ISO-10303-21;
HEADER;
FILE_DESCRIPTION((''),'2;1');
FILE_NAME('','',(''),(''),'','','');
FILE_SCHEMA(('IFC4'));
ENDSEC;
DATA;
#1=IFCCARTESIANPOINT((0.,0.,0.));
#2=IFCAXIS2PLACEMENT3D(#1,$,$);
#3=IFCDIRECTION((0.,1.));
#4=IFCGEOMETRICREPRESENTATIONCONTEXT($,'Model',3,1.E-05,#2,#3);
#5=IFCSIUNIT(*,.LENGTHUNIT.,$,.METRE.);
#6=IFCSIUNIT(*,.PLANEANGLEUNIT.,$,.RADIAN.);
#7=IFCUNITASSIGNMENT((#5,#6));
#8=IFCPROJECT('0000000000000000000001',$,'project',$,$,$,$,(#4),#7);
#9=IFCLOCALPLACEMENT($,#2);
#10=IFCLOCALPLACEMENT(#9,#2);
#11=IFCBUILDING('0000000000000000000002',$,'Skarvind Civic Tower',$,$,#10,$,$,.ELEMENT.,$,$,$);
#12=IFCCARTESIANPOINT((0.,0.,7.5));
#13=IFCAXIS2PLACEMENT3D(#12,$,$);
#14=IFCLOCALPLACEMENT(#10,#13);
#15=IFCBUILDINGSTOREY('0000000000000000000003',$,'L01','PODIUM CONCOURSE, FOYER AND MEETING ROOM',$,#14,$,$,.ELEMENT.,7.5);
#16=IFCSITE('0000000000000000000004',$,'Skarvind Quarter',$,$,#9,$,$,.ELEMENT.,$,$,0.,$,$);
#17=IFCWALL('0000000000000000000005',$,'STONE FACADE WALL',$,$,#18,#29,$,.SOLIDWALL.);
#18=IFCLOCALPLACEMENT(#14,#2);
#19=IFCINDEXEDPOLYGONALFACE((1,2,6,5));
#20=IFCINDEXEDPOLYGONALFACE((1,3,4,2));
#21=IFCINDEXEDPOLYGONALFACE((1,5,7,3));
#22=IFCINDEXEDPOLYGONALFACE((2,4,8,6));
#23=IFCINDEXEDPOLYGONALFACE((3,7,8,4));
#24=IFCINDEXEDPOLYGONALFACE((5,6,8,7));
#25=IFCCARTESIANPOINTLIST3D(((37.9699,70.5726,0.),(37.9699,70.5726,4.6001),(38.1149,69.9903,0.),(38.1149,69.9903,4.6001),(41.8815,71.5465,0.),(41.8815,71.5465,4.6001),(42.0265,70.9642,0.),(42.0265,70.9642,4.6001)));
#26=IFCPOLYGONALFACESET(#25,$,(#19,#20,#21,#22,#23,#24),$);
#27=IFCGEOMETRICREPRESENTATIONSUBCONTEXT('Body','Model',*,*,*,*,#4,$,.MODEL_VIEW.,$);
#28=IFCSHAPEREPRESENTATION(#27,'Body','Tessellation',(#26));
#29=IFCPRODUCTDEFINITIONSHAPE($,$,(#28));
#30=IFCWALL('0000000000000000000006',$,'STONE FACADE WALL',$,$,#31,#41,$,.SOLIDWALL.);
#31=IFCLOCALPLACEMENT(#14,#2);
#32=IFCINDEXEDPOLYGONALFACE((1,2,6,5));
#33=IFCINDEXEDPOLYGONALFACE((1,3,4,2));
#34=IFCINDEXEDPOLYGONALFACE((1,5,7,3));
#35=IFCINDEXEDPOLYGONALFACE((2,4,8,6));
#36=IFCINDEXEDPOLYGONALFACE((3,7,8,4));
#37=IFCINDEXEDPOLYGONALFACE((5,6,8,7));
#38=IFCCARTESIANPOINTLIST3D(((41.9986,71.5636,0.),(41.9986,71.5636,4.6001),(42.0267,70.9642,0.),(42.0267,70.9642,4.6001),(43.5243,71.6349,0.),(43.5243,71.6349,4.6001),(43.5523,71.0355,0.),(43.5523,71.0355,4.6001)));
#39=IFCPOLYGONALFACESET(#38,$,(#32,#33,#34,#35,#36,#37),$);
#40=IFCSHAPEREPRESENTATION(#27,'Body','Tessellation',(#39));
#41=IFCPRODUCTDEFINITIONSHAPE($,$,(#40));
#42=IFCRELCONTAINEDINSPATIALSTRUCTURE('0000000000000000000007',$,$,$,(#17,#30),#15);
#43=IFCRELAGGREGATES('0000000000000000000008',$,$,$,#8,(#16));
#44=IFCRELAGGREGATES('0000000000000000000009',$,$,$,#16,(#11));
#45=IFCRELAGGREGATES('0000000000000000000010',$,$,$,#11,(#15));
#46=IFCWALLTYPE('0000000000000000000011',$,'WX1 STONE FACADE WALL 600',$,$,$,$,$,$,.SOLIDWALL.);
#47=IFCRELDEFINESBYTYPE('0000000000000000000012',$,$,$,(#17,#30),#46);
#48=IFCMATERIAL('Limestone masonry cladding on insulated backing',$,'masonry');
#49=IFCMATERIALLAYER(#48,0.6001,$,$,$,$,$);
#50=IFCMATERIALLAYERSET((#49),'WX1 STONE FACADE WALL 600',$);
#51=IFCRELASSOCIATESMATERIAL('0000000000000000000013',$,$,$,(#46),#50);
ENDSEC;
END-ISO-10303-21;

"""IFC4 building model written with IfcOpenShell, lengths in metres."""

from ifc_helpers import new_model, si_unit, direction, frame, frame_2d, origin, place, context, subcontext, project, spatial, rectangle, extrude, material, layer, layer_set, type_object, element, save


model = new_model("IFC4")

# Units and contexts
model_context = context("Model", 3, precision=1e-05, world=origin(), true_north=direction((0.0, 1.0)))
body_context = subcontext(model_context, "Body", "Model", "MODEL_VIEW")
ifc_project = project(units=[si_unit("LENGTHUNIT", "METRE"), si_unit("PLANEANGLEUNIT", "RADIAN")], contexts=[model_context])

# Site, building, storey
site_placement = place(None, origin())
site = spatial("IfcSite", under=ifc_project, at=site_placement, Name="Skarvind Quarter", CompositionType="ELEMENT", RefElevation=0.0)
building_placement = place(site_placement, origin())
building = spatial("IfcBuilding", under=site, at=building_placement, Name="Skarvind Civic Tower", CompositionType="ELEMENT")
storey_placement = place(building_placement, frame((0.0, 0.0, 7.5)))
storey = spatial("IfcBuildingStorey", under=building, at=storey_placement, Name="L01", Description="PODIUM CONCOURSE, FOYER AND MEETING ROOM", CompositionType="ELEMENT", Elevation=7.5)

# Shared definitions
ifc_material_1 = material(Name="Limestone masonry cladding on insulated backing", Category="masonry")
ifc_layer_1 = layer(ifc_material_1, 0.6001)
ifc_layer_set_1 = layer_set([ifc_layer_1], Name="WX1 STONE FACADE WALL 600")
wall_type_1 = type_object("IfcWallType", Name="WX1 STONE FACADE WALL 600", PredefinedType="SOLIDWALL", material=ifc_layer_set_1)

# Walls
wall_1_placement = place(storey_placement, frame((41.9541, 71.2554, 0.0), z_axis=(0.0, 0.0, 1.0), x_axis=(-0.970377, -0.241595, 0.0)))
element("IfcWall", 1, at=wall_1_placement, inside=storey, type_object=wall_type_1, Name="STONE FACADE WALL", PredefinedType="SOLIDWALL", context=body_context, shape_type="SweptSolid", body=[
    extrude(rectangle(XDim=4.031, YDim=0.6001, at=frame_2d((2.0156, 0.0))), origin(), (0.0, 0.0, 1.0), 4.6001),
])
wall_2_placement = place(storey_placement, frame((43.5383, 71.3352, 0.0), z_axis=(0.0, 0.0, 1.0), x_axis=(-0.99891, -0.046677, 0.0)))
element("IfcWall", 2, at=wall_2_placement, inside=storey, type_object=wall_type_1, Name="STONE FACADE WALL", PredefinedType="SOLIDWALL", context=body_context, shape_type="SweptSolid", body=[
    extrude(rectangle(XDim=1.5273, YDim=0.6001, at=frame_2d((0.7637, 0.0))), origin(), (0.0, 0.0, 1.0), 4.6001),
])

save(model, "model.ifc")
